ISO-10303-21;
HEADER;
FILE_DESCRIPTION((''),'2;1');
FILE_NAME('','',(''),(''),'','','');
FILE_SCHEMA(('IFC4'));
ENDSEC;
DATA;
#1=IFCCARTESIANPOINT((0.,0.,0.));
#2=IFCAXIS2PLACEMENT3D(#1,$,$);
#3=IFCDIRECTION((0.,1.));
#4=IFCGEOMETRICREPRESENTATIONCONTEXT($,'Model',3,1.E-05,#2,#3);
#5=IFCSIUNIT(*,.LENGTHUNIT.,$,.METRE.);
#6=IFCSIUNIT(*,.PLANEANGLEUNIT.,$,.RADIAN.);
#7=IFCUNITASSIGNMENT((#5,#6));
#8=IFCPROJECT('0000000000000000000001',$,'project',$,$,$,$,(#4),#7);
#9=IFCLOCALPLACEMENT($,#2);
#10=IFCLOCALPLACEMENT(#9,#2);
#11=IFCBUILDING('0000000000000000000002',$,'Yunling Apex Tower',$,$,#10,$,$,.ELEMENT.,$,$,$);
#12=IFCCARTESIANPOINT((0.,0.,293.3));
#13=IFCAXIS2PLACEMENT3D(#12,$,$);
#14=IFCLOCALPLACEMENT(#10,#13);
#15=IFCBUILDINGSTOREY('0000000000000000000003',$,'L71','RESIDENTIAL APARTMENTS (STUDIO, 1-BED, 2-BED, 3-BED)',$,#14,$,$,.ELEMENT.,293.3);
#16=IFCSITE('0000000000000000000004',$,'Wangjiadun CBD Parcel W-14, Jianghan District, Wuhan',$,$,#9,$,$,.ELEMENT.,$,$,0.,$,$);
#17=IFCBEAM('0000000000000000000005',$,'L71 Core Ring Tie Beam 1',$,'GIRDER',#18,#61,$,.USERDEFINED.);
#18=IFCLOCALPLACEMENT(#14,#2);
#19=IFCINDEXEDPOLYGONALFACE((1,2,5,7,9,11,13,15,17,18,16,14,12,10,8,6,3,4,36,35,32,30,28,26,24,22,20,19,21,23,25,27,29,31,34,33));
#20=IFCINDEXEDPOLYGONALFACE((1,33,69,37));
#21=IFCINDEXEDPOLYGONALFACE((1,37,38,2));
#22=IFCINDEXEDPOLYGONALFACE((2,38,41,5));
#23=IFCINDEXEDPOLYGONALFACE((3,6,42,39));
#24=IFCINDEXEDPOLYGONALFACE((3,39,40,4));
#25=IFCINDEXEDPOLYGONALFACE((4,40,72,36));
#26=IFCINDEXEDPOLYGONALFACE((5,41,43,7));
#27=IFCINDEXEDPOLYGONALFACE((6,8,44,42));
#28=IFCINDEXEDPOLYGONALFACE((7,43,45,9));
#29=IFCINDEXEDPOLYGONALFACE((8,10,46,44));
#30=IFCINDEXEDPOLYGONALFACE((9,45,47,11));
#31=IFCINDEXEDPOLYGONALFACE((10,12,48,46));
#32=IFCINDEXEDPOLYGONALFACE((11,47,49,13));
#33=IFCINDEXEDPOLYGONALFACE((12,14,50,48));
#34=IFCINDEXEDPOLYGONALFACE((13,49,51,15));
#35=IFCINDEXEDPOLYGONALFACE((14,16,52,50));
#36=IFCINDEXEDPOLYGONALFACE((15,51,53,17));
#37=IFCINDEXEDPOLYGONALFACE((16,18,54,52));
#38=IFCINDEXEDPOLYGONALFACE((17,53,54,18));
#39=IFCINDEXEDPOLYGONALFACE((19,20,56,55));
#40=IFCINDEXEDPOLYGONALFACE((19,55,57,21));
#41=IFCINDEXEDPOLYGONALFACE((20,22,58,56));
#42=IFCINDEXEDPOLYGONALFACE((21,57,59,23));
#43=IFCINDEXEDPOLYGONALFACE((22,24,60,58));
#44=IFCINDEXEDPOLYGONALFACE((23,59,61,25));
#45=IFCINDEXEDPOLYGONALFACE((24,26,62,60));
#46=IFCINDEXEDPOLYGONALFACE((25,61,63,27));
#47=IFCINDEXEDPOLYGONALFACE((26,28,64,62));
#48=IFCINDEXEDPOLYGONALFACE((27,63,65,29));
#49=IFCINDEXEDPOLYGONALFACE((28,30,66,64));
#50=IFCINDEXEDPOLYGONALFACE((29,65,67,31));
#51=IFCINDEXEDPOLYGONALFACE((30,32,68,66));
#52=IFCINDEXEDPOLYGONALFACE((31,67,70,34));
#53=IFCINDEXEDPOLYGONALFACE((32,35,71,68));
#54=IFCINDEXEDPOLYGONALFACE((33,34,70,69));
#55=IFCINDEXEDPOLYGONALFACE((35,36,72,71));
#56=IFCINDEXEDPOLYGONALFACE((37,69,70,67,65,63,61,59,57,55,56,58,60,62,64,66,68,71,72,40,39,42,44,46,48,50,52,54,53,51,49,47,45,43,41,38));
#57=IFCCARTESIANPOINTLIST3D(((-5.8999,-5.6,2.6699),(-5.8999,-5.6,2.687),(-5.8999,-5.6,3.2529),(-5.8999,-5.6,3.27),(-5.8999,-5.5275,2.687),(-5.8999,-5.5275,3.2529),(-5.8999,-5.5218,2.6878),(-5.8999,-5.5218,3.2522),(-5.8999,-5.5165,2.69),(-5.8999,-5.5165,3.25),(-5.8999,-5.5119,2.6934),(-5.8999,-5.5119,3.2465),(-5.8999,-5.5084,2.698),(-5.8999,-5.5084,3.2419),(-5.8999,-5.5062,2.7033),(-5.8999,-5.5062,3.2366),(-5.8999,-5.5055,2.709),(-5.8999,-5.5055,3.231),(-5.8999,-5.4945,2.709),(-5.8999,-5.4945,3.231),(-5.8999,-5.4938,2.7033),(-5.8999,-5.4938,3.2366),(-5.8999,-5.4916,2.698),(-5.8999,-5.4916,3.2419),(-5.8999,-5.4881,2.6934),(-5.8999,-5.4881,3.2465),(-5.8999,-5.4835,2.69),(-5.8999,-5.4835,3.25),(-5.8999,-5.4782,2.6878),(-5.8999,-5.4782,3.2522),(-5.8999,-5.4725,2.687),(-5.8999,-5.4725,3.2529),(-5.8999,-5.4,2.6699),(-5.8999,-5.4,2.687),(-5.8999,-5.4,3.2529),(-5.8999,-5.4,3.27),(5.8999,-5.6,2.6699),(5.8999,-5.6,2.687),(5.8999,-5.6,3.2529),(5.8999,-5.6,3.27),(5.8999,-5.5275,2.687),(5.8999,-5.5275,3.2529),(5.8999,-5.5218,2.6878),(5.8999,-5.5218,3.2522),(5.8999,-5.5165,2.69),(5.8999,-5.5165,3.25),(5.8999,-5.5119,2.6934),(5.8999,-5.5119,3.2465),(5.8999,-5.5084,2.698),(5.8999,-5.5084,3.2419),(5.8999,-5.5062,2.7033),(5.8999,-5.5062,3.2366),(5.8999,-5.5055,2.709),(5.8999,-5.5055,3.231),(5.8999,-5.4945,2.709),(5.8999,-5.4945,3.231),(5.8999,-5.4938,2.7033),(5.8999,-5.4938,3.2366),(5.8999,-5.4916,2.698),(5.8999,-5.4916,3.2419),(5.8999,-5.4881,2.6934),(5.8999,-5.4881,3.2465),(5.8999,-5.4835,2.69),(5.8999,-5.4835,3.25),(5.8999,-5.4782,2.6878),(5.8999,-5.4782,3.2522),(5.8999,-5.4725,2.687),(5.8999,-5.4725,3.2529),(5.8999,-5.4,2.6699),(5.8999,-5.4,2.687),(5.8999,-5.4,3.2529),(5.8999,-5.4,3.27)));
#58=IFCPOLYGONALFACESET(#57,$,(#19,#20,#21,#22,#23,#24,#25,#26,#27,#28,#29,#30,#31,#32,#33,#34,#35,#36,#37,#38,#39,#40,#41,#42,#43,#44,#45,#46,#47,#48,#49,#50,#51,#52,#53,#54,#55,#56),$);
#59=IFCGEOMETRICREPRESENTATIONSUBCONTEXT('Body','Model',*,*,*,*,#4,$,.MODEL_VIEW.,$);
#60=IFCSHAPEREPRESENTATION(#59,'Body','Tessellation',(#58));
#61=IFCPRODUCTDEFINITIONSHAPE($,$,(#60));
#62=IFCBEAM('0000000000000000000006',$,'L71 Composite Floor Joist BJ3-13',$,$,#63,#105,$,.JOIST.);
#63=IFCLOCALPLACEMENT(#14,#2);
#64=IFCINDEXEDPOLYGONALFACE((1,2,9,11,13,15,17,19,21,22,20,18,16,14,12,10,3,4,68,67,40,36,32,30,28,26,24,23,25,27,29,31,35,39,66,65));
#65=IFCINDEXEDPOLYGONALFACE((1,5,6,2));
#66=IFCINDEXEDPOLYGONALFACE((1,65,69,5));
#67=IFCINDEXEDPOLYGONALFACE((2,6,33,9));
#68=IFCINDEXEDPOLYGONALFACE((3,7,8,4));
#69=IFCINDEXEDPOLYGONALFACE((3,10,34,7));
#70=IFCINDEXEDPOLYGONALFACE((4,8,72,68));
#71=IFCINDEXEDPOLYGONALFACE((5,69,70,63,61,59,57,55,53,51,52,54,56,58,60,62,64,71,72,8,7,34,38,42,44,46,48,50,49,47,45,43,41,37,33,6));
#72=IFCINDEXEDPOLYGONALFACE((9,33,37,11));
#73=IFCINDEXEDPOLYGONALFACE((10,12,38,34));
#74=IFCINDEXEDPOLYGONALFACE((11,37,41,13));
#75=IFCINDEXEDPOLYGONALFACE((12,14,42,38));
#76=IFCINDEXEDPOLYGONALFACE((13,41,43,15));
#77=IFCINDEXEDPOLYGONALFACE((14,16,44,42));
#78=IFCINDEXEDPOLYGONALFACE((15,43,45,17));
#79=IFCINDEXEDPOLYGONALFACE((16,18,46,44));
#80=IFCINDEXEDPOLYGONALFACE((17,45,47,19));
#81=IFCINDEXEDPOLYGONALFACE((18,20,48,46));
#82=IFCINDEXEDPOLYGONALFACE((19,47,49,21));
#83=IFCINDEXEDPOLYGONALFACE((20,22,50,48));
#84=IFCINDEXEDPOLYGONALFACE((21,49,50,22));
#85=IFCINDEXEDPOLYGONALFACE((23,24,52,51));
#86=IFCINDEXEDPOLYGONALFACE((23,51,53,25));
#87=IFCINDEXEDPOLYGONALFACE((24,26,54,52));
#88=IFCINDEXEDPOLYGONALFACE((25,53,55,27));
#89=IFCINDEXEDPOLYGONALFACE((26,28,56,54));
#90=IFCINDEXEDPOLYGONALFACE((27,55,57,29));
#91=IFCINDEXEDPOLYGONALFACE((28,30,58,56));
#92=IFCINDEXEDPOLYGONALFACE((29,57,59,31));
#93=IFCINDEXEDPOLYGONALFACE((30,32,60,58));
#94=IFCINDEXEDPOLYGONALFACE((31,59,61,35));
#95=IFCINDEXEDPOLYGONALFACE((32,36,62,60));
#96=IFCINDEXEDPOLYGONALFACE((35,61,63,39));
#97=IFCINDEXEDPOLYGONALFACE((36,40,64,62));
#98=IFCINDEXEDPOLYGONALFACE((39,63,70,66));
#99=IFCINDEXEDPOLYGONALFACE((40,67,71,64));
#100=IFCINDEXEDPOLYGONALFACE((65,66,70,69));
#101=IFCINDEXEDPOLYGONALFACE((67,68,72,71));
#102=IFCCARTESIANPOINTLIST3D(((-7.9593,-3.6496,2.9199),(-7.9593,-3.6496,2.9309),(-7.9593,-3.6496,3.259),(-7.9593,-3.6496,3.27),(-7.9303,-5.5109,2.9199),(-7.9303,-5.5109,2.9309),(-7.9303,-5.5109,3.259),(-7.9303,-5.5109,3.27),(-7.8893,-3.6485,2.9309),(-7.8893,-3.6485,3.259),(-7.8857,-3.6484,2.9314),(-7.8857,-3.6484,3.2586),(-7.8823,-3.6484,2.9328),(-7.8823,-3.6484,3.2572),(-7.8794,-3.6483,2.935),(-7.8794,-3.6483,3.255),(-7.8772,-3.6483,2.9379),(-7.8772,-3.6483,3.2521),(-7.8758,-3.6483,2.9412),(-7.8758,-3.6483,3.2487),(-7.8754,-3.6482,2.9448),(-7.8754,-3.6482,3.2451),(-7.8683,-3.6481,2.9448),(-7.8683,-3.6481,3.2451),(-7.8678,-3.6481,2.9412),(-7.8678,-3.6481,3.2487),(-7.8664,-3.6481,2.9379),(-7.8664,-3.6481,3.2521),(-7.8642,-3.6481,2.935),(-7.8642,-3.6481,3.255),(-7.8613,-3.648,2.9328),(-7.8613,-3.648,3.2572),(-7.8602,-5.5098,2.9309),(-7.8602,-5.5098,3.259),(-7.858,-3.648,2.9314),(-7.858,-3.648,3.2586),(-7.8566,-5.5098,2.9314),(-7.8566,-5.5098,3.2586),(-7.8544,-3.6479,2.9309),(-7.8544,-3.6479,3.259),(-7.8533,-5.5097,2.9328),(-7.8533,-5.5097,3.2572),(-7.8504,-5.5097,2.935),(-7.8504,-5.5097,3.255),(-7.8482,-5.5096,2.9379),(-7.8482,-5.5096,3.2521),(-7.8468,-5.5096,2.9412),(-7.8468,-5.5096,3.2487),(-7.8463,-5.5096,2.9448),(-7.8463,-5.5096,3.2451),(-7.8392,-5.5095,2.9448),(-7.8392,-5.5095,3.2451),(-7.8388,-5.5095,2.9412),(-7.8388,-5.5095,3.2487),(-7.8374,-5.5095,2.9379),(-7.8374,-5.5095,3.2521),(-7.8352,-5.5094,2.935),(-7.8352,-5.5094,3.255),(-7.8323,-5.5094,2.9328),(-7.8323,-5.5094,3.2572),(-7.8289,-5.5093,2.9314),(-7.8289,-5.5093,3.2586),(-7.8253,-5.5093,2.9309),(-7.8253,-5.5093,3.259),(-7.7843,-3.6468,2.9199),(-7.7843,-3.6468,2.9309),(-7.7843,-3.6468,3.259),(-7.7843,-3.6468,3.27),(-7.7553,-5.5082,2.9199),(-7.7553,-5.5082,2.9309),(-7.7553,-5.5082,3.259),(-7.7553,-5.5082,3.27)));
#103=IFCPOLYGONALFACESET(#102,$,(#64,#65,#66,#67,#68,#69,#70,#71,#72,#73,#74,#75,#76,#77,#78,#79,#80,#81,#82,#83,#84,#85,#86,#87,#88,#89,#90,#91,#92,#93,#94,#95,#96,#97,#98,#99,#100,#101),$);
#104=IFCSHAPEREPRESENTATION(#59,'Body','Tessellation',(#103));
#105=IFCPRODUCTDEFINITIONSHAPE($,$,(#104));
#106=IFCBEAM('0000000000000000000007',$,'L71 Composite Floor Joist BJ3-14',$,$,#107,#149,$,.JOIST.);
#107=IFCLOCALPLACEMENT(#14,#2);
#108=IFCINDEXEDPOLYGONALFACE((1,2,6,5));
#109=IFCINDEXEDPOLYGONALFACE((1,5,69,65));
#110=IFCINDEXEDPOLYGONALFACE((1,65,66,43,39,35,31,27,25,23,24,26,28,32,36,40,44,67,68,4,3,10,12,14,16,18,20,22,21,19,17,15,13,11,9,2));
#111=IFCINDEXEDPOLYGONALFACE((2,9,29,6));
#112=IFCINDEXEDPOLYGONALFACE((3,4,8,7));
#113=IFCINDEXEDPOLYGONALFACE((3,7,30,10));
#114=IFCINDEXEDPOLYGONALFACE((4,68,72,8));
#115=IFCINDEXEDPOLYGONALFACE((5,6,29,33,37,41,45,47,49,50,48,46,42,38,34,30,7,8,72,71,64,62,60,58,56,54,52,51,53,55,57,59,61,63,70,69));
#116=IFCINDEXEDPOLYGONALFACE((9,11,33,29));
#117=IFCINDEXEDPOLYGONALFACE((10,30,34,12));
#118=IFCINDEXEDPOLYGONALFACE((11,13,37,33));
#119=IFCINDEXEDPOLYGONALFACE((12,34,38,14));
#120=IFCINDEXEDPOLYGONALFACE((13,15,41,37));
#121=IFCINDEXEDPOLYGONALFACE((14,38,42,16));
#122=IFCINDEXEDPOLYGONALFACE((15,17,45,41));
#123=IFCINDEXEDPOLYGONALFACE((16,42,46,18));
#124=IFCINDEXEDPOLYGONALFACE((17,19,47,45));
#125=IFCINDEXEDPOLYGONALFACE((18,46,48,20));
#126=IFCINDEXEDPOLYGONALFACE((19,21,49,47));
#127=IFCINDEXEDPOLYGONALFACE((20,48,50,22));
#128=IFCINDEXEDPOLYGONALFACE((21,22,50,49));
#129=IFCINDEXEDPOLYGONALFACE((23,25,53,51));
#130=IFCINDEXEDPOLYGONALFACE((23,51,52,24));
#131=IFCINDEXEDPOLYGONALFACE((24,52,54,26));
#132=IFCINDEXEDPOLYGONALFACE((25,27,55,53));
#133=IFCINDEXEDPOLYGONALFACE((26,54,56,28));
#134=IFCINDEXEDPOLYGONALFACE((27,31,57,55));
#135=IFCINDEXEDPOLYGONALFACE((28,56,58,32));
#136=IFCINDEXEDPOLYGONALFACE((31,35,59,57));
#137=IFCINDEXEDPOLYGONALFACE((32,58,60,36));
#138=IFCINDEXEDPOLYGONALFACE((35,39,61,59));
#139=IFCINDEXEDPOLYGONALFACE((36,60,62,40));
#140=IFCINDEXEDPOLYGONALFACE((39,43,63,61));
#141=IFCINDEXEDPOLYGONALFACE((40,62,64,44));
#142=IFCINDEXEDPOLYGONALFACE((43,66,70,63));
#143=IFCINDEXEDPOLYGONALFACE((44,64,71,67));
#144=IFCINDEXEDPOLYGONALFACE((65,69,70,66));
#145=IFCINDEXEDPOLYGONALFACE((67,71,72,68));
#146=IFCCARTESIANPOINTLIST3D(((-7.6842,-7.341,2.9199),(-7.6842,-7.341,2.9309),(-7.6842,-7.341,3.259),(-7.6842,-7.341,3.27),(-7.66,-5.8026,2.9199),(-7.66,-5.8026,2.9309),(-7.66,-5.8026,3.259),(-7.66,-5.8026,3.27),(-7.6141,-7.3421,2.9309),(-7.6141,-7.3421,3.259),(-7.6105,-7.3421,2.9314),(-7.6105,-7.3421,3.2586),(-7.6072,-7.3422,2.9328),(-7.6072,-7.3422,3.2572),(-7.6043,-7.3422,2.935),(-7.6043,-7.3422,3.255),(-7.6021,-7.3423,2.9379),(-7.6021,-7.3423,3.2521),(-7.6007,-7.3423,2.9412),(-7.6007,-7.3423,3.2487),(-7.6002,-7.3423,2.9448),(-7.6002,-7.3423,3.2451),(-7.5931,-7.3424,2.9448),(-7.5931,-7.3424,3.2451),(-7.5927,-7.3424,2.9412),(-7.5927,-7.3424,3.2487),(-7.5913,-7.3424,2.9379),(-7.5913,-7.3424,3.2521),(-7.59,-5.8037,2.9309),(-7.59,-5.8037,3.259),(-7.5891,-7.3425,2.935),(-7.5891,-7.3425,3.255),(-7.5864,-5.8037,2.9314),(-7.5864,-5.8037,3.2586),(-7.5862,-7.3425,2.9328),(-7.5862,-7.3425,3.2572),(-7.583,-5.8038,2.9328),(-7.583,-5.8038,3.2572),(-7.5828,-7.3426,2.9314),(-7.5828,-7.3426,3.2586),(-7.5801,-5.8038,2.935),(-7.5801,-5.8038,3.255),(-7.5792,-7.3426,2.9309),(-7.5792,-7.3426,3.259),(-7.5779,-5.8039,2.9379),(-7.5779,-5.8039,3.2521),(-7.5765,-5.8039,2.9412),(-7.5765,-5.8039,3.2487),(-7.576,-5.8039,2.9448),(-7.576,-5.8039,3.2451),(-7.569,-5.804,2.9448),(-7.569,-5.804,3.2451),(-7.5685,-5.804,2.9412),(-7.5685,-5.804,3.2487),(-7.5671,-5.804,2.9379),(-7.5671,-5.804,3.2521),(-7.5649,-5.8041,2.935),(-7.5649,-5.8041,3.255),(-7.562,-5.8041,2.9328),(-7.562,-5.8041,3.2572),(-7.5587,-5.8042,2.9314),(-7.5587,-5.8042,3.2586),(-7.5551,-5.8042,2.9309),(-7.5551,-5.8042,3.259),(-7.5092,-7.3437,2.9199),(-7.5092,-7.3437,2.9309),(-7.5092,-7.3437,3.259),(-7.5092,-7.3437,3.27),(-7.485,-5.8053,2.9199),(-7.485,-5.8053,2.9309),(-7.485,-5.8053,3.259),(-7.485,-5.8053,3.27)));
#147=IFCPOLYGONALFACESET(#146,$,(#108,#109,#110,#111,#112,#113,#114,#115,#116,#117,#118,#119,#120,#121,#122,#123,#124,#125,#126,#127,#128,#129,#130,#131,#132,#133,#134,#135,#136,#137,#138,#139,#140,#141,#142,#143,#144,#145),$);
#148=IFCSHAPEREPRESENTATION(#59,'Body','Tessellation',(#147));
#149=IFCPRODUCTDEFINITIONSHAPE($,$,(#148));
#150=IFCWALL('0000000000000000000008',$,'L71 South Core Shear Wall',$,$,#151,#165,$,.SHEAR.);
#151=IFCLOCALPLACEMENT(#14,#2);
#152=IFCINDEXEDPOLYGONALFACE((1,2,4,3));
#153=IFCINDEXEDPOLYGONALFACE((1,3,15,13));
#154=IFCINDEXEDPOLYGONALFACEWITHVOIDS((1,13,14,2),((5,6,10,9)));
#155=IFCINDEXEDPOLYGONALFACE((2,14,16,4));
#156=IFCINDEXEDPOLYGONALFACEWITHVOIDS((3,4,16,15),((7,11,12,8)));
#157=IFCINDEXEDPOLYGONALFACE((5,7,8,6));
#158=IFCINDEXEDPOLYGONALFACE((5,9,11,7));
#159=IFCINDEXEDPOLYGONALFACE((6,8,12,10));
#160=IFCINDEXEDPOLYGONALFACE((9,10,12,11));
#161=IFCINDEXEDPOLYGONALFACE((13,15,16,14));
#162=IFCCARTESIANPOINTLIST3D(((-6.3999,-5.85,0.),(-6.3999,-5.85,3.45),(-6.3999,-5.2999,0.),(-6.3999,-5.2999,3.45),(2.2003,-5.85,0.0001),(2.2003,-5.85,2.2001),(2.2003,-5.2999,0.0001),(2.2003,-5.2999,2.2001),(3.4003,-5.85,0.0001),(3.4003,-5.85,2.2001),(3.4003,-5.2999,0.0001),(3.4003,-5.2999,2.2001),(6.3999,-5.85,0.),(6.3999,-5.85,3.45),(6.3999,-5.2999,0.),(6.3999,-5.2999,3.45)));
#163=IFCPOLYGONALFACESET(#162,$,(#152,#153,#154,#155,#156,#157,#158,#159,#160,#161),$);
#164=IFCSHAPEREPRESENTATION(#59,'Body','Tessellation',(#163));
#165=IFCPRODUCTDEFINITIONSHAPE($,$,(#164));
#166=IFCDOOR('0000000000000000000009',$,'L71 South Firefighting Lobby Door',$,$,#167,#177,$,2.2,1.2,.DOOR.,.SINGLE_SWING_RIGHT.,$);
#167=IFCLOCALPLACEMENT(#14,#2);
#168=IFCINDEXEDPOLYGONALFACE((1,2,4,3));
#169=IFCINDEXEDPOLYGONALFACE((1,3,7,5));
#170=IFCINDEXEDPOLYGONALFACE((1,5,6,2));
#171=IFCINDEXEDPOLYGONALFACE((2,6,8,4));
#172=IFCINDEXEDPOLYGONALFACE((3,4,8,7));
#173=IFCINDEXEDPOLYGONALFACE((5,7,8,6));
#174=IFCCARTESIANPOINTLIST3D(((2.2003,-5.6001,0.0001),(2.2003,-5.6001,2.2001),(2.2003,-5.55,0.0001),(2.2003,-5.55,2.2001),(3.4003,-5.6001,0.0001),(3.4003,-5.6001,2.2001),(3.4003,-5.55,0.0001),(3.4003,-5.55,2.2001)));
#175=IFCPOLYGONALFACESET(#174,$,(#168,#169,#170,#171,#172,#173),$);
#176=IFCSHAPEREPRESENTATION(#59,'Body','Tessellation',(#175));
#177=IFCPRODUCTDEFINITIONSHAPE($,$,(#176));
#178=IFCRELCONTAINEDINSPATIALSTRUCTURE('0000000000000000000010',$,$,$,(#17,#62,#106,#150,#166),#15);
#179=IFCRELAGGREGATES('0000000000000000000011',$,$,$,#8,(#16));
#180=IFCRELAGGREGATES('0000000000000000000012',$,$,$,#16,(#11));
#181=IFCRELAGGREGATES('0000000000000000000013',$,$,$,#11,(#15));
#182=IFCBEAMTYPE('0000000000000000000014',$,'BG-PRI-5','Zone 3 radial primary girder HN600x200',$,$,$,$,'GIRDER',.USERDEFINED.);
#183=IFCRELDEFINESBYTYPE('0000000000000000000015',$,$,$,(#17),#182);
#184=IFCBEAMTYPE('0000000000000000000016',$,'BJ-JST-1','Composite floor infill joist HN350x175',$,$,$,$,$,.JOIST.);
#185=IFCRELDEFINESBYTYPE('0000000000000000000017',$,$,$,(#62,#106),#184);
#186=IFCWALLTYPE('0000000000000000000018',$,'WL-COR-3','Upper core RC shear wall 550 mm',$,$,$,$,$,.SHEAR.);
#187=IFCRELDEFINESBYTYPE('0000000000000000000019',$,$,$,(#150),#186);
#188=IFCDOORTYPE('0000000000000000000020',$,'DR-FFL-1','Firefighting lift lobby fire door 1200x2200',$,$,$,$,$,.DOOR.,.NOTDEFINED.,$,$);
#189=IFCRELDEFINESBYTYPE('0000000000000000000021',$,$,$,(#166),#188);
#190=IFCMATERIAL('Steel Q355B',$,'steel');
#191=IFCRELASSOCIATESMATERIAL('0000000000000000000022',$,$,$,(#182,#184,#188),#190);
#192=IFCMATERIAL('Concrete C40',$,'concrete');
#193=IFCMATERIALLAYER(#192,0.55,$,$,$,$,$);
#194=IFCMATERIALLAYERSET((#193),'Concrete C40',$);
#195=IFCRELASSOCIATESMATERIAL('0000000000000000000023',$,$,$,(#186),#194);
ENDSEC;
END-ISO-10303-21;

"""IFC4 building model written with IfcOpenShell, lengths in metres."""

from ifc_helpers import new_model, si_unit, direction, frame, frame_2d, origin, origin_2d, place, context, subcontext, project, spatial, rectangle, i_section, extrude, source, transform, mapped, material, layer, layer_set, material_profile, profile_set, type_object, element, fill, save


model = new_model("IFC4")

# Units and contexts
model_context = context("Model", 3, precision=1e-05, world=origin(), true_north=direction((0.0, 1.0)))
body_context = subcontext(model_context, "Body", "Model", "MODEL_VIEW")
ifc_project = project(units=[si_unit("LENGTHUNIT", "METRE"), si_unit("PLANEANGLEUNIT", "RADIAN")], contexts=[model_context])

# Site, building, storey
site_placement = place(None, origin())
site = spatial("IfcSite", under=ifc_project, at=site_placement, Name="Wangjiadun CBD Parcel W-14, Jianghan District, Wuhan", CompositionType="ELEMENT", RefElevation=0.0)
building_placement = place(site_placement, origin())
building = spatial("IfcBuilding", under=site, at=building_placement, Name="Yunling Apex Tower", CompositionType="ELEMENT")
storey_placement = place(building_placement, frame((0.0, 0.0, 293.3)))
storey = spatial("IfcBuildingStorey", under=building, at=storey_placement, Name="L71", Description="RESIDENTIAL APARTMENTS (STUDIO, 1-BED, 2-BED, 3-BED)", CompositionType="ELEMENT", Elevation=293.3)

# Beams
ifc_material_1 = material(Name="Steel Q355B", Category="steel")
ifc_material_2 = material(Name="Concrete C40", Category="concrete")
ifc_material_profile_1 = material_profile(ifc_material_1, i_section(OverallWidth=0.2, OverallDepth=0.6001, WebThickness=0.011, FlangeThickness=0.0171, FilletRadius=0.022, at=origin_2d()))
ifc_profile_set_1 = profile_set([ifc_material_profile_1], Name="Steel Q355B")
beam_type_1 = type_object("IfcBeamType", Name="BG-PRI-5", Description="Zone 3 radial primary girder HN600x200", ElementType="GIRDER", PredefinedType="USERDEFINED", material=ifc_profile_set_1)
shared_shape_1 = source(origin(), body_context, "Body", "SweptSolid", [
    extrude(i_section(OverallWidth=0.2, OverallDepth=0.6001, WebThickness=0.011, FlangeThickness=0.0171, FilletRadius=0.022, at=origin_2d()), origin(), (0.0, 0.0, 1.0), 11.7998),
])
beam_1_placement = place(storey_placement, frame((-5.8999, -5.5, 2.97), z_axis=(1.0, 0.0, 0.0), x_axis=(0.0, 1.0, 0.0)))
element("IfcBeam", 1, at=beam_1_placement, inside=storey, type_object=beam_type_1, Name="L71 Core Ring Tie Beam 1", ObjectType="GIRDER", PredefinedType="USERDEFINED", context=body_context, shape_type="MappedRepresentation", body=[
    mapped(shared_shape_1, transform((0.0, 0.0, 0.0), scale=1.0)),
])
ifc_material_profile_2 = material_profile(ifc_material_1, i_section(OverallWidth=0.175, OverallDepth=0.3501, WebThickness=0.0071, FlangeThickness=0.011, FilletRadius=0.0139, at=origin_2d()))
ifc_profile_set_2 = profile_set([ifc_material_profile_2], Name="Steel Q355B")
beam_type_2 = type_object("IfcBeamType", Name="BJ-JST-1", Description="Composite floor infill joist HN350x175", PredefinedType="JOIST", material=ifc_profile_set_2)
shared_shape_2 = source(origin(), body_context, "Body", "SweptSolid", [
    extrude(i_section(OverallWidth=0.175, OverallDepth=0.3501, WebThickness=0.0071, FlangeThickness=0.011, FilletRadius=0.0139, at=origin_2d()), origin(), (0.0, 0.0, 1.0), 1.8616),
])
beam_2_placement = place(storey_placement, frame((-7.8718, -3.6482, 3.095), z_axis=(0.015607, -0.999878, 0.0), x_axis=(0.999878, 0.015607, 0.0)))
element("IfcBeam", 2, at=beam_2_placement, inside=storey, type_object=beam_type_2, Name="L71 Composite Floor Joist BJ3-13", PredefinedType="JOIST", context=body_context, shape_type="MappedRepresentation", body=[
    mapped(shared_shape_2, transform((0.0, 0.0, 0.0), scale=1.0)),
])
shared_shape_3 = source(origin(), body_context, "Body", "SweptSolid", [
    extrude(i_section(OverallWidth=0.175, OverallDepth=0.3501, WebThickness=0.0071, FlangeThickness=0.011, FilletRadius=0.0139, at=origin_2d()), origin(), (0.0, 0.0, 1.0), 1.5386),
])
beam_3_placement = place(storey_placement, frame((-7.5725, -5.804, 3.095), z_axis=(-0.01571, -0.999877, 0.0), x_axis=(0.999877, -0.01571, 0.0)))
element("IfcBeam", 3, at=beam_3_placement, inside=storey, type_object=beam_type_2, Name="L71 Composite Floor Joist BJ3-14", PredefinedType="JOIST", context=body_context, shape_type="MappedRepresentation", body=[
    mapped(shared_shape_3, transform((0.0, 0.0, 0.0), scale=1.0)),
])

# Wall, opening, door
ifc_layer_1 = layer(ifc_material_2, 0.55)
ifc_layer_set_1 = layer_set([ifc_layer_1], Name="Concrete C40")
wall_type_1 = type_object("IfcWallType", Name="WL-COR-3", Description="Upper core RC shear wall 550 mm", PredefinedType="SHEAR", material=ifc_layer_set_1)
wall_1_placement = place(storey_placement, frame((-6.3999, -5.575, 0.0), z_axis=(0.0, 0.0, 1.0), x_axis=(1.0, 0.0, 0.0)))
wall_1 = element("IfcWall", 4, at=wall_1_placement, inside=storey, type_object=wall_type_1, Name="L71 South Core Shear Wall", PredefinedType="SHEAR", context=body_context, shape_type="SweptSolid", body=[
    extrude(rectangle(XDim=12.7998, YDim=0.55, at=frame_2d((6.3999, 0.0))), origin(), (0.0, 0.0, 1.0), 3.45),
])
opening_1_placement = place(wall_1_placement, frame((8.6001, 0.0, 0.0)))
opening_1 = element("IfcOpeningElement", 5, at=opening_1_placement, cuts=wall_1, PredefinedType="OPENING", context=body_context, shape_type="SweptSolid", body=[
    extrude(rectangle(XDim=1.2, YDim=2.2, at=frame_2d((0.6001, 1.1001))), frame((0.0, 0.2852, 0.0), z_axis=(0.0, -1.0, 0.0), x_axis=(1.0, 0.0, 0.0)), (0.0, 0.0, 1.0), 0.5701),
])
door_type_1 = type_object("IfcDoorType", Name="DR-FFL-1", Description="Firefighting lift lobby fire door 1200x2200", OperationType="NOTDEFINED", PredefinedType="DOOR", material=ifc_material_1)
door_1_placement = place(opening_1_placement, origin())
door_1 = element("IfcDoor", 6, at=door_1_placement, inside=storey, type_object=door_type_1, Name="L71 South Firefighting Lobby Door", OperationType="SINGLE_SWING_RIGHT", OverallHeight=2.2, OverallWidth=1.2, PredefinedType="DOOR", context=body_context, shape_type="SweptSolid", body=[
    extrude(rectangle(XDim=1.2, YDim=2.2, at=frame_2d((0.6001, 1.1001))), frame((0.0, 0.0249, 0.0), z_axis=(0.0, -1.0, 0.0), x_axis=(1.0, 0.0, 0.0)), (0.0, 0.0, 1.0), 0.05),
])
fill(opening_1, door_1)

save(model, "model.ifc")
